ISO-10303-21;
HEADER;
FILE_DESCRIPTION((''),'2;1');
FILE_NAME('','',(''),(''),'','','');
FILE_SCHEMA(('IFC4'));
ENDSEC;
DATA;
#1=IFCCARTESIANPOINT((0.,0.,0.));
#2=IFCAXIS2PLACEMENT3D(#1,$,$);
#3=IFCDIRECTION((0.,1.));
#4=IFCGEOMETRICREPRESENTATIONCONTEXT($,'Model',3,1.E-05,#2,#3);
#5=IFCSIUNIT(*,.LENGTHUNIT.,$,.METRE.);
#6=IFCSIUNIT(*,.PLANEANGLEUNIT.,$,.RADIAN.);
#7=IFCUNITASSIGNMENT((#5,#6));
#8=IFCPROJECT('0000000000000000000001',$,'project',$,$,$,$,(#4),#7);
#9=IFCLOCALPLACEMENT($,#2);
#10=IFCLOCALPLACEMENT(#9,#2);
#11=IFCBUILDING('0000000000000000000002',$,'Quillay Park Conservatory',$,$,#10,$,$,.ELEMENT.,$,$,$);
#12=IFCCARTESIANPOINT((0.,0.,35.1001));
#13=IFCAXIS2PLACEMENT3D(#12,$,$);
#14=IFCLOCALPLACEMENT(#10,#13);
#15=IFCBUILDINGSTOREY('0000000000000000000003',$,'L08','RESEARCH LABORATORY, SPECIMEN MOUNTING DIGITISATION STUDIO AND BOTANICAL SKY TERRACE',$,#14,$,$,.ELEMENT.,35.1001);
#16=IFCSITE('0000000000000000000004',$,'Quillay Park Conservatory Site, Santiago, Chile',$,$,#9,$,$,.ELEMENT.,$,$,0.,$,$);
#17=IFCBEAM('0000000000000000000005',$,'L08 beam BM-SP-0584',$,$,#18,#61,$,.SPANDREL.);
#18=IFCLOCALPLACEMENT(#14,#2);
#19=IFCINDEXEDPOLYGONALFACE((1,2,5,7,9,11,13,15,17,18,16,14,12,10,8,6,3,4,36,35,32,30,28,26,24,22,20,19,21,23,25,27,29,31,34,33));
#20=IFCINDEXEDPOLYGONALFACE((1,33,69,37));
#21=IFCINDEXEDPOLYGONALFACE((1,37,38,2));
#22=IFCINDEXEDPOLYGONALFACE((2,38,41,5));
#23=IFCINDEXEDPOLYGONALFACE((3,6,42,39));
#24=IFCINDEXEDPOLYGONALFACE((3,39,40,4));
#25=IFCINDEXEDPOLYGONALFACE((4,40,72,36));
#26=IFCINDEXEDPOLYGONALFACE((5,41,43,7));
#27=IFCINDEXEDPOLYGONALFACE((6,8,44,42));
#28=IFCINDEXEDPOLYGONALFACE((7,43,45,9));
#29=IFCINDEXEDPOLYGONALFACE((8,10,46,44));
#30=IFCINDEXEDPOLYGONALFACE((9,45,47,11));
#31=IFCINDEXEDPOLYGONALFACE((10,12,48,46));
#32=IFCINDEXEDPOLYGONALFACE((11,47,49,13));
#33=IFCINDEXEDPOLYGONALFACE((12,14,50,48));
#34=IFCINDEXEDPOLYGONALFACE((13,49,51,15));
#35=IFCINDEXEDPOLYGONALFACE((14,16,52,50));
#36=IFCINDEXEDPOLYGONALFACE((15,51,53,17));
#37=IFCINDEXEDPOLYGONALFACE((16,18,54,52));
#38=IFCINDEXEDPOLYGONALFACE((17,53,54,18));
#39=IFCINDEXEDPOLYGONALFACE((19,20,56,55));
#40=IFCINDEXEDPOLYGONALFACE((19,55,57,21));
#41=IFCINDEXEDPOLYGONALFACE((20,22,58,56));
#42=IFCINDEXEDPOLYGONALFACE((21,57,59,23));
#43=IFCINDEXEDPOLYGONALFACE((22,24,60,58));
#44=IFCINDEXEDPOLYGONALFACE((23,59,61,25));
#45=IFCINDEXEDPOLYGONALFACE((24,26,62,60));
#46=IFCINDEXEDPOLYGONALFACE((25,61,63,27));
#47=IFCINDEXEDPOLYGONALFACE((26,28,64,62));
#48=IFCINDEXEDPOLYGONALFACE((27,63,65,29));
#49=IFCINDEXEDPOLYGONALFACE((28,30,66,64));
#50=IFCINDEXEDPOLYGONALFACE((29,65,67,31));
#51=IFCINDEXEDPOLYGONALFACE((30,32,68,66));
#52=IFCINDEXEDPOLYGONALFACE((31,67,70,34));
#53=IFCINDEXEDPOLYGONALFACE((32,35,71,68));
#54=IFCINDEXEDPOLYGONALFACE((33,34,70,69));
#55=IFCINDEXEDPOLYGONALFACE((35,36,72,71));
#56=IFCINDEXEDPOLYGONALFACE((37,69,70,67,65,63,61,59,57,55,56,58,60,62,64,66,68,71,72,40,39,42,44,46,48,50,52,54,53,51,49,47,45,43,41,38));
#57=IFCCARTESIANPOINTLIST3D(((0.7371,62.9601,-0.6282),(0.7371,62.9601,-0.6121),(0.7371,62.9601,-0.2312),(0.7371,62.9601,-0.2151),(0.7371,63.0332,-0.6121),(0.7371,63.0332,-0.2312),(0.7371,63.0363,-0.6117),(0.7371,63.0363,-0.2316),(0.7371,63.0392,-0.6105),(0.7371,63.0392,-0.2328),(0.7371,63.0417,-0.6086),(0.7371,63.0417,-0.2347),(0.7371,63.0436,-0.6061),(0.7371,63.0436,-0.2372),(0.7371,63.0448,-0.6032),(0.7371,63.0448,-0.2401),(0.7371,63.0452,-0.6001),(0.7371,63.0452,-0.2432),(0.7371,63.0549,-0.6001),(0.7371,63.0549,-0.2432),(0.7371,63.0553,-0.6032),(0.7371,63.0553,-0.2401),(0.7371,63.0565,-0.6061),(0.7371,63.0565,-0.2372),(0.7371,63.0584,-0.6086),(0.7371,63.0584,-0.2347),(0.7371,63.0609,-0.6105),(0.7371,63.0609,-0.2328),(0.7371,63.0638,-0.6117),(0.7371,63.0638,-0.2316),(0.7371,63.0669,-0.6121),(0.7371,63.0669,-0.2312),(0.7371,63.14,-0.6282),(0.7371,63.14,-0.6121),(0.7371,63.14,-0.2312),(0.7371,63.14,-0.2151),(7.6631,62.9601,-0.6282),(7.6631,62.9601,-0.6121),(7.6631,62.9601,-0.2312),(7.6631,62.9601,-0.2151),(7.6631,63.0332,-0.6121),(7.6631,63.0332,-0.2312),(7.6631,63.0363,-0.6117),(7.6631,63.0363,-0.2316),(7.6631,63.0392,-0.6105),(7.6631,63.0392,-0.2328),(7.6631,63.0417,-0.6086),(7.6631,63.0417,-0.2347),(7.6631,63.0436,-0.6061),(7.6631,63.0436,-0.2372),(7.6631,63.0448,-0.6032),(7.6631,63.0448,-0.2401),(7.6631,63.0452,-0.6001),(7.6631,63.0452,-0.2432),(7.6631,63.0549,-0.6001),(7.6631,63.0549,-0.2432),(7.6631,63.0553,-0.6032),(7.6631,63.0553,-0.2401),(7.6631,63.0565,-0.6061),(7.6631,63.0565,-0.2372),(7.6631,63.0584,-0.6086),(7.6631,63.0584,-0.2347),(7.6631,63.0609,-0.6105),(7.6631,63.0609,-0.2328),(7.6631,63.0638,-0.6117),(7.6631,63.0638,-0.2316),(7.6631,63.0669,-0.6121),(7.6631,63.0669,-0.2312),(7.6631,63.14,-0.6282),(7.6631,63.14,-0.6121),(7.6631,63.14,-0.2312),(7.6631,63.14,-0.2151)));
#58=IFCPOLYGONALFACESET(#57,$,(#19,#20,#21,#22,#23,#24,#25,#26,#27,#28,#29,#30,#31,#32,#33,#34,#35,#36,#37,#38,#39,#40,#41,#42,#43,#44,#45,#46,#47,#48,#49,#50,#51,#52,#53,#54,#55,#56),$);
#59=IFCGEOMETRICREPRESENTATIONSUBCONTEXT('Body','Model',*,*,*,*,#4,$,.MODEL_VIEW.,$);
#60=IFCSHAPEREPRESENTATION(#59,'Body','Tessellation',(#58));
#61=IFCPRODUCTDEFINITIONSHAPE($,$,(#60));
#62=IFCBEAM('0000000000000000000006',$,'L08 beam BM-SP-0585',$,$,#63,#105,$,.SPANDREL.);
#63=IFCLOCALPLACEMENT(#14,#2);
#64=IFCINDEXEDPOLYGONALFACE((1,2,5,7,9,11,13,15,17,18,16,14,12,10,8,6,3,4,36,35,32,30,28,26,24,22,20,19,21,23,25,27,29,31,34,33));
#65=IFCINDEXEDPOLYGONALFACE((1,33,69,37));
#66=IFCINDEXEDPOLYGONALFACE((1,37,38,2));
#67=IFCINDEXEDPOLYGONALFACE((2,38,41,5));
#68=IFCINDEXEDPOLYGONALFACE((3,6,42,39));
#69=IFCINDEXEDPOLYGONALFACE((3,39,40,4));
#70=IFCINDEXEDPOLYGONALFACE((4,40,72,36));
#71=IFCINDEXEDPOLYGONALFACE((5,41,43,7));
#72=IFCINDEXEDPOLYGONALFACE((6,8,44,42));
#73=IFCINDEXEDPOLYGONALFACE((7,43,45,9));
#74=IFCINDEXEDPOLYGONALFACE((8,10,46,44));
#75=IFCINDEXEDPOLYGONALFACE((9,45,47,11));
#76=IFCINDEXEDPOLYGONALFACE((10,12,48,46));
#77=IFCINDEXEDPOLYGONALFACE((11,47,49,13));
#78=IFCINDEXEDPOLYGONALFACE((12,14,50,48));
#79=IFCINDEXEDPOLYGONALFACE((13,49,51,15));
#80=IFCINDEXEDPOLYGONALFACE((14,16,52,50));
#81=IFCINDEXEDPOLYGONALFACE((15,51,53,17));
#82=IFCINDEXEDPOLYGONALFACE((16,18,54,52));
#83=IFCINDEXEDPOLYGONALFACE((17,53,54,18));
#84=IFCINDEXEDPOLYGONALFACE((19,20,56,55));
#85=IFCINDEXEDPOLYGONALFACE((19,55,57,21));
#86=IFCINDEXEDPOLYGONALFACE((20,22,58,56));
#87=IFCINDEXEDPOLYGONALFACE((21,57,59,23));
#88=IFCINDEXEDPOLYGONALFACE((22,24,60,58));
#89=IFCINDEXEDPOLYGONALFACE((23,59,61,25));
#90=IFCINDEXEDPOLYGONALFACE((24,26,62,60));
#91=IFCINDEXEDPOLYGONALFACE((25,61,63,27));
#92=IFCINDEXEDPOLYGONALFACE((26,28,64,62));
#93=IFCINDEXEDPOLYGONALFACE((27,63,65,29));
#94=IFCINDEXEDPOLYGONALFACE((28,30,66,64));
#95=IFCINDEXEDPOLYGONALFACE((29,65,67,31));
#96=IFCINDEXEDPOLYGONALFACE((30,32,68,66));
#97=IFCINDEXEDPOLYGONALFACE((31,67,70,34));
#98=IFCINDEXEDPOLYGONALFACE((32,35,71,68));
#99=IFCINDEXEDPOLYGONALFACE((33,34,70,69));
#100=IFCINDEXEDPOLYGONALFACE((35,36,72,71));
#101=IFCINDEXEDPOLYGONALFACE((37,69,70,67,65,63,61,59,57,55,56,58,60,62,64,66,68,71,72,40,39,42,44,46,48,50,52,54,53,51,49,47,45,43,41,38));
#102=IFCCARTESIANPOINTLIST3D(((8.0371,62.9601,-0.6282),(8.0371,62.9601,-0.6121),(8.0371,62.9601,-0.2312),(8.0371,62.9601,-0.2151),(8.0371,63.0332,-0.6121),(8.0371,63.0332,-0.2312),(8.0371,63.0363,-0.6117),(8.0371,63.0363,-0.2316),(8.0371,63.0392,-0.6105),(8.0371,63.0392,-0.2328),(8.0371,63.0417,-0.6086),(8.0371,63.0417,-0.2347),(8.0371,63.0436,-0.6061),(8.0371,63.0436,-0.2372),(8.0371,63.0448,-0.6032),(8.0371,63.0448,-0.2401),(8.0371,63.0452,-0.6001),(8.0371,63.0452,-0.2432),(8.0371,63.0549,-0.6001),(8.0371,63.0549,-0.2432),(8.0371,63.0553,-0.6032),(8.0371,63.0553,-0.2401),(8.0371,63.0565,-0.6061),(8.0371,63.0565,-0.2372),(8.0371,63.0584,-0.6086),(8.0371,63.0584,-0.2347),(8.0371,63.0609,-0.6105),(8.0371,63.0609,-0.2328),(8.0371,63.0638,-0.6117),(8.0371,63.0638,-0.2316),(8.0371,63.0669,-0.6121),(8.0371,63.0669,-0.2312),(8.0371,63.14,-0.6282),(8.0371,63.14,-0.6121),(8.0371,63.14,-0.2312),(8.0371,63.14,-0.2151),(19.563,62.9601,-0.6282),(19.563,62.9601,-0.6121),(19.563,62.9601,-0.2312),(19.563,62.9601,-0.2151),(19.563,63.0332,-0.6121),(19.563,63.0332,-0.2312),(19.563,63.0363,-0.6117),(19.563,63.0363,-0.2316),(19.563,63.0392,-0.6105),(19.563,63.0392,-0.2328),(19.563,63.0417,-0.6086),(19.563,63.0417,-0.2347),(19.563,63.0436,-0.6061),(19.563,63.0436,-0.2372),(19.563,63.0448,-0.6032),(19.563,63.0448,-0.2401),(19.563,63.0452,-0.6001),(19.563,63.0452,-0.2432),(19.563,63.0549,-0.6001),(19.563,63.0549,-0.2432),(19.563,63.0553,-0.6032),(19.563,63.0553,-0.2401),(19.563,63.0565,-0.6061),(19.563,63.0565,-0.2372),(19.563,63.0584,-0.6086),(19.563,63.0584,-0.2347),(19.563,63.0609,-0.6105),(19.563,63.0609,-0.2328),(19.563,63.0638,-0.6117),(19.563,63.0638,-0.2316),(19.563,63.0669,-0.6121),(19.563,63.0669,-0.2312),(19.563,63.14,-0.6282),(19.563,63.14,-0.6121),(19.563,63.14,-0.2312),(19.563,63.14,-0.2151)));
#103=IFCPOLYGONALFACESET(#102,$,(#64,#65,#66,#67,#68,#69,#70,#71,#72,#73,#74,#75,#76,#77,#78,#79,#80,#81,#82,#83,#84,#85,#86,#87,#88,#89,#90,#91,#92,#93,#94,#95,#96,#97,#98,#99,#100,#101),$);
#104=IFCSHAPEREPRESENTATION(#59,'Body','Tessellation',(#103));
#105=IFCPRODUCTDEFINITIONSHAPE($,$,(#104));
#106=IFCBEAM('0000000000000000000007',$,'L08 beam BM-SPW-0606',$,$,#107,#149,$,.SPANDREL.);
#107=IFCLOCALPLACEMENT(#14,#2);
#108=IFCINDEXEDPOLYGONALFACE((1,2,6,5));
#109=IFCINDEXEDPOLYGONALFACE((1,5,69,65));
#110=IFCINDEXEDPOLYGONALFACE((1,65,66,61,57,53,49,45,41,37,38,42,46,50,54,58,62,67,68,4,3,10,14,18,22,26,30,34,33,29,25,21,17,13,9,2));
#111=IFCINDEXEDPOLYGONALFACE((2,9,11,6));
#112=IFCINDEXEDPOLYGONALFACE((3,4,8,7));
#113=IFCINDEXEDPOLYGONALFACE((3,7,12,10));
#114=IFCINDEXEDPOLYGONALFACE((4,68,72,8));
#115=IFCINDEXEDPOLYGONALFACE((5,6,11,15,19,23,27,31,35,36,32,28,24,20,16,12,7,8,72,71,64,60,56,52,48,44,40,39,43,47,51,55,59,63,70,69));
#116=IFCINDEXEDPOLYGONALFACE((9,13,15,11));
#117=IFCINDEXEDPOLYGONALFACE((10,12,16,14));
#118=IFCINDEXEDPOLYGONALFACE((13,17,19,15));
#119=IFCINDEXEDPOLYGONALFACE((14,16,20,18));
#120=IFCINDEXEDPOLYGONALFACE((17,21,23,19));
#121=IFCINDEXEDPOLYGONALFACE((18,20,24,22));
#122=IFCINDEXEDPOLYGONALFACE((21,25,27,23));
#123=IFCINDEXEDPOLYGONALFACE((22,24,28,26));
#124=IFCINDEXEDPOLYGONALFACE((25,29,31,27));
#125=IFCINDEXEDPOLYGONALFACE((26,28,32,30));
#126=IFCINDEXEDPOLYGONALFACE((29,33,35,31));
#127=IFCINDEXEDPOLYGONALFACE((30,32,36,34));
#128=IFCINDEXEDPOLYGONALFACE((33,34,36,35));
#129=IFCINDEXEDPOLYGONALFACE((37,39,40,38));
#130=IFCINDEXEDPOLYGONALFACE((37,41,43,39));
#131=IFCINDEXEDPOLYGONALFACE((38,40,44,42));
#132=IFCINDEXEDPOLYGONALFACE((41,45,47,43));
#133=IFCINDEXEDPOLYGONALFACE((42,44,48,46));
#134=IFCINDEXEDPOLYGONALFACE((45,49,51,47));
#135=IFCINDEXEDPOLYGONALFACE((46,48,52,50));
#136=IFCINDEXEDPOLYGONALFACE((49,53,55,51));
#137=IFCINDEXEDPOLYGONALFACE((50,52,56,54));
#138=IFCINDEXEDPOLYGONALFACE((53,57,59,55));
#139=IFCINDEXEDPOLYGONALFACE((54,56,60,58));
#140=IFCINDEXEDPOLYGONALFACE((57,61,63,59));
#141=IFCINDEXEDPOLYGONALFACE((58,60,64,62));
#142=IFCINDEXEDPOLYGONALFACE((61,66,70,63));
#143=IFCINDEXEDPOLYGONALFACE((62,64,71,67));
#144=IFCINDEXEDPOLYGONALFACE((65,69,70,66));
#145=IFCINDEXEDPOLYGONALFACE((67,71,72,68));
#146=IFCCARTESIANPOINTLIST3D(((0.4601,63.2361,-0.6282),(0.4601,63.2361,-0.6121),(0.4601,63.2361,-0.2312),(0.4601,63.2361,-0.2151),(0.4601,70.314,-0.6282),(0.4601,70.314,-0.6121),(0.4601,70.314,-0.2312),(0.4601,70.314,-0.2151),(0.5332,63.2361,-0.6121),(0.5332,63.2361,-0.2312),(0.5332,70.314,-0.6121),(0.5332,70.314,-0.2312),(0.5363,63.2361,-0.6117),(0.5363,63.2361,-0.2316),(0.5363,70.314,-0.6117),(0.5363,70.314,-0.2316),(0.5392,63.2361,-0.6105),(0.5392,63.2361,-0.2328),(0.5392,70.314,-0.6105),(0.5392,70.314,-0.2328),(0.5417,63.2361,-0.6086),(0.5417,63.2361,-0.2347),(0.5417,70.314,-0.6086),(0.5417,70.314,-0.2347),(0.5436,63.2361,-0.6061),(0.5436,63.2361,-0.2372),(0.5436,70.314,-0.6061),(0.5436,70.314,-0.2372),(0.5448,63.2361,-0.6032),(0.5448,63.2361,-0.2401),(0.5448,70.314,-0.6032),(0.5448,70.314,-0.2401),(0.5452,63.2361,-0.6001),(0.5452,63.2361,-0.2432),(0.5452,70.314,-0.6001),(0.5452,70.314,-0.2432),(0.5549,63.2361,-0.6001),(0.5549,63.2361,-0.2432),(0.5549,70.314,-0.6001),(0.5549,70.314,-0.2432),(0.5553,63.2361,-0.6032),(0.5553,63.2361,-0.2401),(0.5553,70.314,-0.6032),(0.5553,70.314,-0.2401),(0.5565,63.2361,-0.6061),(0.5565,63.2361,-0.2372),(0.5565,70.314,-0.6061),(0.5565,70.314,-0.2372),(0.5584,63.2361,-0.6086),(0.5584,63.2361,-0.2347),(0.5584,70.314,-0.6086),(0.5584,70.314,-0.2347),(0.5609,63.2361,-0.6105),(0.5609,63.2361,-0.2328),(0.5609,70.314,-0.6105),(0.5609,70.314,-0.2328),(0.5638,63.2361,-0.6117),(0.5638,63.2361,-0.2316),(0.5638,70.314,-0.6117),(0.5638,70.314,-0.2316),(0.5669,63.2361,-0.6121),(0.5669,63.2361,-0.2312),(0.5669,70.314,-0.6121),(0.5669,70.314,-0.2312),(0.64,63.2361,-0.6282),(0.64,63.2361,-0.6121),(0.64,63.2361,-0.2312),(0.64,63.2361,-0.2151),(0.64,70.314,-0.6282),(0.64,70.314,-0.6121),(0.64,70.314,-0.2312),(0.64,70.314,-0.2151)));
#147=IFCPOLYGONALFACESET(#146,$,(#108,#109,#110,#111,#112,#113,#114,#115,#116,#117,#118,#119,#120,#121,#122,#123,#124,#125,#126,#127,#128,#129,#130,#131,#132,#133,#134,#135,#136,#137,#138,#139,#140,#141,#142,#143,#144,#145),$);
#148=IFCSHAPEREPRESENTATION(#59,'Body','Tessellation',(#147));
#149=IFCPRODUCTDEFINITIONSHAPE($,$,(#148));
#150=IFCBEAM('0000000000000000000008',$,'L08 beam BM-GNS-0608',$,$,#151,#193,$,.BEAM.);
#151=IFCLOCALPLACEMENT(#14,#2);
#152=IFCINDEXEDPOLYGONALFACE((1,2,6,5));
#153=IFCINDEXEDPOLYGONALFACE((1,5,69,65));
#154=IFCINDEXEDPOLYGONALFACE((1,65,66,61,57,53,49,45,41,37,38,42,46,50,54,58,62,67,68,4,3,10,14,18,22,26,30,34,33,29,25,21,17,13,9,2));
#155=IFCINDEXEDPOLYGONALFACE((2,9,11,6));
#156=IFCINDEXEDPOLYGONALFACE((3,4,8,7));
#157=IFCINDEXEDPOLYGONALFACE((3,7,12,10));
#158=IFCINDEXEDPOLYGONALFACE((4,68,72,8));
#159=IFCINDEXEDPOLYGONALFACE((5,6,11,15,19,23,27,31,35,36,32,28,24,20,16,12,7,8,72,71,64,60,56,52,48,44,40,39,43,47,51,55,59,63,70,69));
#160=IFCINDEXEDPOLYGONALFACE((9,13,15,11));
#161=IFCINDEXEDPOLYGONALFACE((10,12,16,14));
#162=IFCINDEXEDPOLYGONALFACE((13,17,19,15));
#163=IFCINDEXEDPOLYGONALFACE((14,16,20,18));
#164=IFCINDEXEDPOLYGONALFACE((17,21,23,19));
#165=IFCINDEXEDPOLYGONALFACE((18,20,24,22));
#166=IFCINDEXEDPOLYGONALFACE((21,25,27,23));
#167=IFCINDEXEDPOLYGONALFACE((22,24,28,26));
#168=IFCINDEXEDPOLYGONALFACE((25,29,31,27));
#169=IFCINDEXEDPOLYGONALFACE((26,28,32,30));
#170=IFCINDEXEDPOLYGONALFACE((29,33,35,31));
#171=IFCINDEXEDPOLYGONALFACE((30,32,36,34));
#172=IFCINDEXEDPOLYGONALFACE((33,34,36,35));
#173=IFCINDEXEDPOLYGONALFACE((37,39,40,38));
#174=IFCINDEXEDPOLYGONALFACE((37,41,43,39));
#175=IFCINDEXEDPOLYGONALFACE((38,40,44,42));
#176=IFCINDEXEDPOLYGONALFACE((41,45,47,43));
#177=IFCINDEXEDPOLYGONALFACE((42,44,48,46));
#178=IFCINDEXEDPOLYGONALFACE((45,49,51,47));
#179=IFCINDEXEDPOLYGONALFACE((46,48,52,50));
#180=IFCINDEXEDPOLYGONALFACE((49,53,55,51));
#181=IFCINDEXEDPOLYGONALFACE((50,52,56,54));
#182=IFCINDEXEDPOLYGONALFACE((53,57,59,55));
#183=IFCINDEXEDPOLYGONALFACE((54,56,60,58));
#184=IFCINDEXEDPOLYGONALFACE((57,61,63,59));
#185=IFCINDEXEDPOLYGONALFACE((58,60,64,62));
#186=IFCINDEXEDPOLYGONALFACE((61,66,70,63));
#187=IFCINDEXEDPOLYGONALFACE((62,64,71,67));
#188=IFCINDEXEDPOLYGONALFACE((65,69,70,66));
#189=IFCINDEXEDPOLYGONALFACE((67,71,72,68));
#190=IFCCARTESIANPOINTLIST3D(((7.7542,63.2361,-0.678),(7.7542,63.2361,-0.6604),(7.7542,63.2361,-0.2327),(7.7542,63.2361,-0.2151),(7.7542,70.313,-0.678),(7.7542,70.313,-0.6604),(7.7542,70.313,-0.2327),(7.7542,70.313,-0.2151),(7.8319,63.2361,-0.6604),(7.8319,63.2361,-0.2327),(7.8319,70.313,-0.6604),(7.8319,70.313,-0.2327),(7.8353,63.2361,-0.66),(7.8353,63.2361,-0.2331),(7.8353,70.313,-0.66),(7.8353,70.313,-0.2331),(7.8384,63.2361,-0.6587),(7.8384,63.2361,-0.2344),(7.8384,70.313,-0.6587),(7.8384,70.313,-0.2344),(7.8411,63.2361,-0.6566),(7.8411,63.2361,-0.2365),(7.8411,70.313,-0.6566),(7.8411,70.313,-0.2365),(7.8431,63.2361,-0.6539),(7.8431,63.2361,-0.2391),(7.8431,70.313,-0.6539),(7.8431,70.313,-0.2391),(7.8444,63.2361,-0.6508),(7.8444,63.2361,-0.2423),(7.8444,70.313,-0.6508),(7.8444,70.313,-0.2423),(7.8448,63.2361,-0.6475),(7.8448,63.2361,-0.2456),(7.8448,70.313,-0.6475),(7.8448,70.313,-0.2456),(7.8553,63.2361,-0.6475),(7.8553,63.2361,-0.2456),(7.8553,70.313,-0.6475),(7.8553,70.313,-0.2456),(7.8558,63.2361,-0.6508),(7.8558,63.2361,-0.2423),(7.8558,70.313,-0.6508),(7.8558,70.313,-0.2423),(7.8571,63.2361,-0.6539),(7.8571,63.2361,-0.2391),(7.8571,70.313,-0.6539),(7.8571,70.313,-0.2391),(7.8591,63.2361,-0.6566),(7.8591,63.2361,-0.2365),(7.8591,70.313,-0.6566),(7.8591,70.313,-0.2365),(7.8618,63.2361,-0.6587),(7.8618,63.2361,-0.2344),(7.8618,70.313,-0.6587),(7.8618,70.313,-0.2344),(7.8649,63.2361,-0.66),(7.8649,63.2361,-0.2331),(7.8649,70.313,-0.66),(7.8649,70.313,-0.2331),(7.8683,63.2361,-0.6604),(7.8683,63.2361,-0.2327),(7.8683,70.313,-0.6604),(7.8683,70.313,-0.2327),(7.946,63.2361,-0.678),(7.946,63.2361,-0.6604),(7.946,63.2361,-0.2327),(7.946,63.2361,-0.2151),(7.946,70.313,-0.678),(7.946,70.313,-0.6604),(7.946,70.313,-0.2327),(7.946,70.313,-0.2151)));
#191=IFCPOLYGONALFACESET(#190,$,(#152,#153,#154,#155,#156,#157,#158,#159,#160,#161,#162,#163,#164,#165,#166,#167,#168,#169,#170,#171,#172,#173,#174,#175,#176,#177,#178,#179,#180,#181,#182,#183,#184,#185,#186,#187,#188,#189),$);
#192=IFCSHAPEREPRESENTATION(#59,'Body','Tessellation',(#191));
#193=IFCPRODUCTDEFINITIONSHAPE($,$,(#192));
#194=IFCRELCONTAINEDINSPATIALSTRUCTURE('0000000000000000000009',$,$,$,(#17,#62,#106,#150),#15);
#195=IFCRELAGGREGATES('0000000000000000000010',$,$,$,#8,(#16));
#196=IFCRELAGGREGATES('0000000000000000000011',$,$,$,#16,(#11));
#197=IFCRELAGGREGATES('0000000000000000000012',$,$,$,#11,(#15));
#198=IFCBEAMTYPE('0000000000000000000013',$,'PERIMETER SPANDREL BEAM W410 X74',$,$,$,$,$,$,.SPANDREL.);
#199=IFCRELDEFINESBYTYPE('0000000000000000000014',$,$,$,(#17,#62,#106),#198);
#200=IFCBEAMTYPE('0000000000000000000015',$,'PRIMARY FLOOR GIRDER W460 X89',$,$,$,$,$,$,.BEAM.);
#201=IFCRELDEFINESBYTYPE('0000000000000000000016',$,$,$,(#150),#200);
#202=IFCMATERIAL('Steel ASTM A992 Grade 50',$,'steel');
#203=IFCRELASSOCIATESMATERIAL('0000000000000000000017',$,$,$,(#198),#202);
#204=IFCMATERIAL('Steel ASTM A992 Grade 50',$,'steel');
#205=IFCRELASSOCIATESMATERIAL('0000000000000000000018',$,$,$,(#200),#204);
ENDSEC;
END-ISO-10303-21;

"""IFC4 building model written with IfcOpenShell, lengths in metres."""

from ifc_helpers import new_model, si_unit, direction, frame, origin, origin_2d, place, context, subcontext, project, spatial, i_section, extrude, material, material_profile, profile_set, type_object, element, save


model = new_model("IFC4")

# Units and contexts
model_context = context("Model", 3, precision=1e-05, world=origin(), true_north=direction((0.0, 1.0)))
body_context = subcontext(model_context, "Body", "Model", "MODEL_VIEW")
ifc_project = project(units=[si_unit("LENGTHUNIT", "METRE"), si_unit("PLANEANGLEUNIT", "RADIAN")], contexts=[model_context])

# Site, building, storey
site_placement = place(None, origin())
site = spatial("IfcSite", under=ifc_project, at=site_placement, Name="Quillay Park Conservatory Site, Santiago, Chile", CompositionType="ELEMENT", RefElevation=0.0)
building_placement = place(site_placement, origin())
building = spatial("IfcBuilding", under=site, at=building_placement, Name="Quillay Park Conservatory", CompositionType="ELEMENT")
storey_placement = place(building_placement, frame((0.0, 0.0, 35.1001)))
storey = spatial("IfcBuildingStorey", under=building, at=storey_placement, Name="L08", Description="RESEARCH LABORATORY, SPECIMEN MOUNTING DIGITISATION STUDIO AND BOTANICAL SKY TERRACE", CompositionType="ELEMENT", Elevation=35.1001)

# Beams
ifc_material_1 = material(Name="Steel ASTM A992 Grade 50", Category="steel")
ifc_material_profile_1 = material_profile(ifc_material_1, i_section(OverallWidth=0.1799, OverallDepth=0.4131, WebThickness=0.0098, FlangeThickness=0.0161, FilletRadius=0.012, at=origin_2d()), Name="W410x74")
ifc_profile_set_1 = profile_set([ifc_material_profile_1], Name="Steel ASTM A992 Grade 50")
beam_type_1 = type_object("IfcBeamType", Name="PERIMETER SPANDREL BEAM W410 X74", PredefinedType="SPANDREL", material=ifc_profile_set_1)
beam_1_placement = place(storey_placement, frame((0.7371, 63.05, -0.4216), z_axis=(1.0, 0.0, 0.0), x_axis=(0.0, 1.0, 0.0)))
element("IfcBeam", 1, at=beam_1_placement, inside=storey, type_object=beam_type_1, Name="L08 beam BM-SP-0584", PredefinedType="SPANDREL", context=body_context, shape_type="SweptSolid", body=[
    extrude(i_section(OverallWidth=0.1799, OverallDepth=0.4131, WebThickness=0.0098, FlangeThickness=0.0161, FilletRadius=0.012, at=origin_2d()), origin(), (0.0, 0.0, 1.0), 6.926),
])
beam_2_placement = place(storey_placement, frame((8.0371, 63.05, -0.4216), z_axis=(1.0, 0.0, 0.0), x_axis=(0.0, 1.0, 0.0)))
element("IfcBeam", 2, at=beam_2_placement, inside=storey, type_object=beam_type_1, Name="L08 beam BM-SP-0585", PredefinedType="SPANDREL", context=body_context, shape_type="SweptSolid", body=[
    extrude(i_section(OverallWidth=0.1799, OverallDepth=0.4131, WebThickness=0.0098, FlangeThickness=0.0161, FilletRadius=0.012, at=origin_2d()), origin(), (0.0, 0.0, 1.0), 11.5259),
])
beam_3_placement = place(storey_placement, frame((0.55, 63.2361, -0.4216), z_axis=(0.0, 1.0, 0.0), x_axis=(-1.0, 0.0, 0.0)))
element("IfcBeam", 3, at=beam_3_placement, inside=storey, type_object=beam_type_1, Name="L08 beam BM-SPW-0606", PredefinedType="SPANDREL", context=body_context, shape_type="SweptSolid", body=[
    extrude(i_section(OverallWidth=0.1799, OverallDepth=0.4131, WebThickness=0.0098, FlangeThickness=0.0161, FilletRadius=0.012, at=origin_2d()), origin(), (0.0, 0.0, 1.0), 7.0779),
])
ifc_material_2 = material(Name="Steel ASTM A992 Grade 50", Category="steel")
ifc_material_profile_2 = material_profile(ifc_material_2, i_section(OverallWidth=0.1919, OverallDepth=0.4629, WebThickness=0.0105, FlangeThickness=0.0176, FilletRadius=0.0129, at=origin_2d()), Name="W460x89")
ifc_profile_set_2 = profile_set([ifc_material_profile_2], Name="Steel ASTM A992 Grade 50")
beam_type_2 = type_object("IfcBeamType", Name="PRIMARY FLOOR GIRDER W460 X89", PredefinedType="BEAM", material=ifc_profile_set_2)
for number, where, z_axis, x_axis, name in (
    (4, (7.8501, 63.2361, -0.4465), (0.0, 1.0, 0.0), (-1.0, 0.0, 0.0), "L08 beam BM-GNS-0608"),
):
    element("IfcBeam", number, at=place(storey_placement, frame(where, z_axis=z_axis, x_axis=x_axis)), inside=storey, type_object=beam_type_2, Name=name, PredefinedType="BEAM", context=body_context, shape_type="SweptSolid", body=[
        extrude(i_section(OverallWidth=0.1919, OverallDepth=0.4629, WebThickness=0.0105, FlangeThickness=0.0176, FilletRadius=0.0129, at=origin_2d()), origin(), (0.0, 0.0, 1.0), 7.0769),
    ])

save(model, "model.ifc")
